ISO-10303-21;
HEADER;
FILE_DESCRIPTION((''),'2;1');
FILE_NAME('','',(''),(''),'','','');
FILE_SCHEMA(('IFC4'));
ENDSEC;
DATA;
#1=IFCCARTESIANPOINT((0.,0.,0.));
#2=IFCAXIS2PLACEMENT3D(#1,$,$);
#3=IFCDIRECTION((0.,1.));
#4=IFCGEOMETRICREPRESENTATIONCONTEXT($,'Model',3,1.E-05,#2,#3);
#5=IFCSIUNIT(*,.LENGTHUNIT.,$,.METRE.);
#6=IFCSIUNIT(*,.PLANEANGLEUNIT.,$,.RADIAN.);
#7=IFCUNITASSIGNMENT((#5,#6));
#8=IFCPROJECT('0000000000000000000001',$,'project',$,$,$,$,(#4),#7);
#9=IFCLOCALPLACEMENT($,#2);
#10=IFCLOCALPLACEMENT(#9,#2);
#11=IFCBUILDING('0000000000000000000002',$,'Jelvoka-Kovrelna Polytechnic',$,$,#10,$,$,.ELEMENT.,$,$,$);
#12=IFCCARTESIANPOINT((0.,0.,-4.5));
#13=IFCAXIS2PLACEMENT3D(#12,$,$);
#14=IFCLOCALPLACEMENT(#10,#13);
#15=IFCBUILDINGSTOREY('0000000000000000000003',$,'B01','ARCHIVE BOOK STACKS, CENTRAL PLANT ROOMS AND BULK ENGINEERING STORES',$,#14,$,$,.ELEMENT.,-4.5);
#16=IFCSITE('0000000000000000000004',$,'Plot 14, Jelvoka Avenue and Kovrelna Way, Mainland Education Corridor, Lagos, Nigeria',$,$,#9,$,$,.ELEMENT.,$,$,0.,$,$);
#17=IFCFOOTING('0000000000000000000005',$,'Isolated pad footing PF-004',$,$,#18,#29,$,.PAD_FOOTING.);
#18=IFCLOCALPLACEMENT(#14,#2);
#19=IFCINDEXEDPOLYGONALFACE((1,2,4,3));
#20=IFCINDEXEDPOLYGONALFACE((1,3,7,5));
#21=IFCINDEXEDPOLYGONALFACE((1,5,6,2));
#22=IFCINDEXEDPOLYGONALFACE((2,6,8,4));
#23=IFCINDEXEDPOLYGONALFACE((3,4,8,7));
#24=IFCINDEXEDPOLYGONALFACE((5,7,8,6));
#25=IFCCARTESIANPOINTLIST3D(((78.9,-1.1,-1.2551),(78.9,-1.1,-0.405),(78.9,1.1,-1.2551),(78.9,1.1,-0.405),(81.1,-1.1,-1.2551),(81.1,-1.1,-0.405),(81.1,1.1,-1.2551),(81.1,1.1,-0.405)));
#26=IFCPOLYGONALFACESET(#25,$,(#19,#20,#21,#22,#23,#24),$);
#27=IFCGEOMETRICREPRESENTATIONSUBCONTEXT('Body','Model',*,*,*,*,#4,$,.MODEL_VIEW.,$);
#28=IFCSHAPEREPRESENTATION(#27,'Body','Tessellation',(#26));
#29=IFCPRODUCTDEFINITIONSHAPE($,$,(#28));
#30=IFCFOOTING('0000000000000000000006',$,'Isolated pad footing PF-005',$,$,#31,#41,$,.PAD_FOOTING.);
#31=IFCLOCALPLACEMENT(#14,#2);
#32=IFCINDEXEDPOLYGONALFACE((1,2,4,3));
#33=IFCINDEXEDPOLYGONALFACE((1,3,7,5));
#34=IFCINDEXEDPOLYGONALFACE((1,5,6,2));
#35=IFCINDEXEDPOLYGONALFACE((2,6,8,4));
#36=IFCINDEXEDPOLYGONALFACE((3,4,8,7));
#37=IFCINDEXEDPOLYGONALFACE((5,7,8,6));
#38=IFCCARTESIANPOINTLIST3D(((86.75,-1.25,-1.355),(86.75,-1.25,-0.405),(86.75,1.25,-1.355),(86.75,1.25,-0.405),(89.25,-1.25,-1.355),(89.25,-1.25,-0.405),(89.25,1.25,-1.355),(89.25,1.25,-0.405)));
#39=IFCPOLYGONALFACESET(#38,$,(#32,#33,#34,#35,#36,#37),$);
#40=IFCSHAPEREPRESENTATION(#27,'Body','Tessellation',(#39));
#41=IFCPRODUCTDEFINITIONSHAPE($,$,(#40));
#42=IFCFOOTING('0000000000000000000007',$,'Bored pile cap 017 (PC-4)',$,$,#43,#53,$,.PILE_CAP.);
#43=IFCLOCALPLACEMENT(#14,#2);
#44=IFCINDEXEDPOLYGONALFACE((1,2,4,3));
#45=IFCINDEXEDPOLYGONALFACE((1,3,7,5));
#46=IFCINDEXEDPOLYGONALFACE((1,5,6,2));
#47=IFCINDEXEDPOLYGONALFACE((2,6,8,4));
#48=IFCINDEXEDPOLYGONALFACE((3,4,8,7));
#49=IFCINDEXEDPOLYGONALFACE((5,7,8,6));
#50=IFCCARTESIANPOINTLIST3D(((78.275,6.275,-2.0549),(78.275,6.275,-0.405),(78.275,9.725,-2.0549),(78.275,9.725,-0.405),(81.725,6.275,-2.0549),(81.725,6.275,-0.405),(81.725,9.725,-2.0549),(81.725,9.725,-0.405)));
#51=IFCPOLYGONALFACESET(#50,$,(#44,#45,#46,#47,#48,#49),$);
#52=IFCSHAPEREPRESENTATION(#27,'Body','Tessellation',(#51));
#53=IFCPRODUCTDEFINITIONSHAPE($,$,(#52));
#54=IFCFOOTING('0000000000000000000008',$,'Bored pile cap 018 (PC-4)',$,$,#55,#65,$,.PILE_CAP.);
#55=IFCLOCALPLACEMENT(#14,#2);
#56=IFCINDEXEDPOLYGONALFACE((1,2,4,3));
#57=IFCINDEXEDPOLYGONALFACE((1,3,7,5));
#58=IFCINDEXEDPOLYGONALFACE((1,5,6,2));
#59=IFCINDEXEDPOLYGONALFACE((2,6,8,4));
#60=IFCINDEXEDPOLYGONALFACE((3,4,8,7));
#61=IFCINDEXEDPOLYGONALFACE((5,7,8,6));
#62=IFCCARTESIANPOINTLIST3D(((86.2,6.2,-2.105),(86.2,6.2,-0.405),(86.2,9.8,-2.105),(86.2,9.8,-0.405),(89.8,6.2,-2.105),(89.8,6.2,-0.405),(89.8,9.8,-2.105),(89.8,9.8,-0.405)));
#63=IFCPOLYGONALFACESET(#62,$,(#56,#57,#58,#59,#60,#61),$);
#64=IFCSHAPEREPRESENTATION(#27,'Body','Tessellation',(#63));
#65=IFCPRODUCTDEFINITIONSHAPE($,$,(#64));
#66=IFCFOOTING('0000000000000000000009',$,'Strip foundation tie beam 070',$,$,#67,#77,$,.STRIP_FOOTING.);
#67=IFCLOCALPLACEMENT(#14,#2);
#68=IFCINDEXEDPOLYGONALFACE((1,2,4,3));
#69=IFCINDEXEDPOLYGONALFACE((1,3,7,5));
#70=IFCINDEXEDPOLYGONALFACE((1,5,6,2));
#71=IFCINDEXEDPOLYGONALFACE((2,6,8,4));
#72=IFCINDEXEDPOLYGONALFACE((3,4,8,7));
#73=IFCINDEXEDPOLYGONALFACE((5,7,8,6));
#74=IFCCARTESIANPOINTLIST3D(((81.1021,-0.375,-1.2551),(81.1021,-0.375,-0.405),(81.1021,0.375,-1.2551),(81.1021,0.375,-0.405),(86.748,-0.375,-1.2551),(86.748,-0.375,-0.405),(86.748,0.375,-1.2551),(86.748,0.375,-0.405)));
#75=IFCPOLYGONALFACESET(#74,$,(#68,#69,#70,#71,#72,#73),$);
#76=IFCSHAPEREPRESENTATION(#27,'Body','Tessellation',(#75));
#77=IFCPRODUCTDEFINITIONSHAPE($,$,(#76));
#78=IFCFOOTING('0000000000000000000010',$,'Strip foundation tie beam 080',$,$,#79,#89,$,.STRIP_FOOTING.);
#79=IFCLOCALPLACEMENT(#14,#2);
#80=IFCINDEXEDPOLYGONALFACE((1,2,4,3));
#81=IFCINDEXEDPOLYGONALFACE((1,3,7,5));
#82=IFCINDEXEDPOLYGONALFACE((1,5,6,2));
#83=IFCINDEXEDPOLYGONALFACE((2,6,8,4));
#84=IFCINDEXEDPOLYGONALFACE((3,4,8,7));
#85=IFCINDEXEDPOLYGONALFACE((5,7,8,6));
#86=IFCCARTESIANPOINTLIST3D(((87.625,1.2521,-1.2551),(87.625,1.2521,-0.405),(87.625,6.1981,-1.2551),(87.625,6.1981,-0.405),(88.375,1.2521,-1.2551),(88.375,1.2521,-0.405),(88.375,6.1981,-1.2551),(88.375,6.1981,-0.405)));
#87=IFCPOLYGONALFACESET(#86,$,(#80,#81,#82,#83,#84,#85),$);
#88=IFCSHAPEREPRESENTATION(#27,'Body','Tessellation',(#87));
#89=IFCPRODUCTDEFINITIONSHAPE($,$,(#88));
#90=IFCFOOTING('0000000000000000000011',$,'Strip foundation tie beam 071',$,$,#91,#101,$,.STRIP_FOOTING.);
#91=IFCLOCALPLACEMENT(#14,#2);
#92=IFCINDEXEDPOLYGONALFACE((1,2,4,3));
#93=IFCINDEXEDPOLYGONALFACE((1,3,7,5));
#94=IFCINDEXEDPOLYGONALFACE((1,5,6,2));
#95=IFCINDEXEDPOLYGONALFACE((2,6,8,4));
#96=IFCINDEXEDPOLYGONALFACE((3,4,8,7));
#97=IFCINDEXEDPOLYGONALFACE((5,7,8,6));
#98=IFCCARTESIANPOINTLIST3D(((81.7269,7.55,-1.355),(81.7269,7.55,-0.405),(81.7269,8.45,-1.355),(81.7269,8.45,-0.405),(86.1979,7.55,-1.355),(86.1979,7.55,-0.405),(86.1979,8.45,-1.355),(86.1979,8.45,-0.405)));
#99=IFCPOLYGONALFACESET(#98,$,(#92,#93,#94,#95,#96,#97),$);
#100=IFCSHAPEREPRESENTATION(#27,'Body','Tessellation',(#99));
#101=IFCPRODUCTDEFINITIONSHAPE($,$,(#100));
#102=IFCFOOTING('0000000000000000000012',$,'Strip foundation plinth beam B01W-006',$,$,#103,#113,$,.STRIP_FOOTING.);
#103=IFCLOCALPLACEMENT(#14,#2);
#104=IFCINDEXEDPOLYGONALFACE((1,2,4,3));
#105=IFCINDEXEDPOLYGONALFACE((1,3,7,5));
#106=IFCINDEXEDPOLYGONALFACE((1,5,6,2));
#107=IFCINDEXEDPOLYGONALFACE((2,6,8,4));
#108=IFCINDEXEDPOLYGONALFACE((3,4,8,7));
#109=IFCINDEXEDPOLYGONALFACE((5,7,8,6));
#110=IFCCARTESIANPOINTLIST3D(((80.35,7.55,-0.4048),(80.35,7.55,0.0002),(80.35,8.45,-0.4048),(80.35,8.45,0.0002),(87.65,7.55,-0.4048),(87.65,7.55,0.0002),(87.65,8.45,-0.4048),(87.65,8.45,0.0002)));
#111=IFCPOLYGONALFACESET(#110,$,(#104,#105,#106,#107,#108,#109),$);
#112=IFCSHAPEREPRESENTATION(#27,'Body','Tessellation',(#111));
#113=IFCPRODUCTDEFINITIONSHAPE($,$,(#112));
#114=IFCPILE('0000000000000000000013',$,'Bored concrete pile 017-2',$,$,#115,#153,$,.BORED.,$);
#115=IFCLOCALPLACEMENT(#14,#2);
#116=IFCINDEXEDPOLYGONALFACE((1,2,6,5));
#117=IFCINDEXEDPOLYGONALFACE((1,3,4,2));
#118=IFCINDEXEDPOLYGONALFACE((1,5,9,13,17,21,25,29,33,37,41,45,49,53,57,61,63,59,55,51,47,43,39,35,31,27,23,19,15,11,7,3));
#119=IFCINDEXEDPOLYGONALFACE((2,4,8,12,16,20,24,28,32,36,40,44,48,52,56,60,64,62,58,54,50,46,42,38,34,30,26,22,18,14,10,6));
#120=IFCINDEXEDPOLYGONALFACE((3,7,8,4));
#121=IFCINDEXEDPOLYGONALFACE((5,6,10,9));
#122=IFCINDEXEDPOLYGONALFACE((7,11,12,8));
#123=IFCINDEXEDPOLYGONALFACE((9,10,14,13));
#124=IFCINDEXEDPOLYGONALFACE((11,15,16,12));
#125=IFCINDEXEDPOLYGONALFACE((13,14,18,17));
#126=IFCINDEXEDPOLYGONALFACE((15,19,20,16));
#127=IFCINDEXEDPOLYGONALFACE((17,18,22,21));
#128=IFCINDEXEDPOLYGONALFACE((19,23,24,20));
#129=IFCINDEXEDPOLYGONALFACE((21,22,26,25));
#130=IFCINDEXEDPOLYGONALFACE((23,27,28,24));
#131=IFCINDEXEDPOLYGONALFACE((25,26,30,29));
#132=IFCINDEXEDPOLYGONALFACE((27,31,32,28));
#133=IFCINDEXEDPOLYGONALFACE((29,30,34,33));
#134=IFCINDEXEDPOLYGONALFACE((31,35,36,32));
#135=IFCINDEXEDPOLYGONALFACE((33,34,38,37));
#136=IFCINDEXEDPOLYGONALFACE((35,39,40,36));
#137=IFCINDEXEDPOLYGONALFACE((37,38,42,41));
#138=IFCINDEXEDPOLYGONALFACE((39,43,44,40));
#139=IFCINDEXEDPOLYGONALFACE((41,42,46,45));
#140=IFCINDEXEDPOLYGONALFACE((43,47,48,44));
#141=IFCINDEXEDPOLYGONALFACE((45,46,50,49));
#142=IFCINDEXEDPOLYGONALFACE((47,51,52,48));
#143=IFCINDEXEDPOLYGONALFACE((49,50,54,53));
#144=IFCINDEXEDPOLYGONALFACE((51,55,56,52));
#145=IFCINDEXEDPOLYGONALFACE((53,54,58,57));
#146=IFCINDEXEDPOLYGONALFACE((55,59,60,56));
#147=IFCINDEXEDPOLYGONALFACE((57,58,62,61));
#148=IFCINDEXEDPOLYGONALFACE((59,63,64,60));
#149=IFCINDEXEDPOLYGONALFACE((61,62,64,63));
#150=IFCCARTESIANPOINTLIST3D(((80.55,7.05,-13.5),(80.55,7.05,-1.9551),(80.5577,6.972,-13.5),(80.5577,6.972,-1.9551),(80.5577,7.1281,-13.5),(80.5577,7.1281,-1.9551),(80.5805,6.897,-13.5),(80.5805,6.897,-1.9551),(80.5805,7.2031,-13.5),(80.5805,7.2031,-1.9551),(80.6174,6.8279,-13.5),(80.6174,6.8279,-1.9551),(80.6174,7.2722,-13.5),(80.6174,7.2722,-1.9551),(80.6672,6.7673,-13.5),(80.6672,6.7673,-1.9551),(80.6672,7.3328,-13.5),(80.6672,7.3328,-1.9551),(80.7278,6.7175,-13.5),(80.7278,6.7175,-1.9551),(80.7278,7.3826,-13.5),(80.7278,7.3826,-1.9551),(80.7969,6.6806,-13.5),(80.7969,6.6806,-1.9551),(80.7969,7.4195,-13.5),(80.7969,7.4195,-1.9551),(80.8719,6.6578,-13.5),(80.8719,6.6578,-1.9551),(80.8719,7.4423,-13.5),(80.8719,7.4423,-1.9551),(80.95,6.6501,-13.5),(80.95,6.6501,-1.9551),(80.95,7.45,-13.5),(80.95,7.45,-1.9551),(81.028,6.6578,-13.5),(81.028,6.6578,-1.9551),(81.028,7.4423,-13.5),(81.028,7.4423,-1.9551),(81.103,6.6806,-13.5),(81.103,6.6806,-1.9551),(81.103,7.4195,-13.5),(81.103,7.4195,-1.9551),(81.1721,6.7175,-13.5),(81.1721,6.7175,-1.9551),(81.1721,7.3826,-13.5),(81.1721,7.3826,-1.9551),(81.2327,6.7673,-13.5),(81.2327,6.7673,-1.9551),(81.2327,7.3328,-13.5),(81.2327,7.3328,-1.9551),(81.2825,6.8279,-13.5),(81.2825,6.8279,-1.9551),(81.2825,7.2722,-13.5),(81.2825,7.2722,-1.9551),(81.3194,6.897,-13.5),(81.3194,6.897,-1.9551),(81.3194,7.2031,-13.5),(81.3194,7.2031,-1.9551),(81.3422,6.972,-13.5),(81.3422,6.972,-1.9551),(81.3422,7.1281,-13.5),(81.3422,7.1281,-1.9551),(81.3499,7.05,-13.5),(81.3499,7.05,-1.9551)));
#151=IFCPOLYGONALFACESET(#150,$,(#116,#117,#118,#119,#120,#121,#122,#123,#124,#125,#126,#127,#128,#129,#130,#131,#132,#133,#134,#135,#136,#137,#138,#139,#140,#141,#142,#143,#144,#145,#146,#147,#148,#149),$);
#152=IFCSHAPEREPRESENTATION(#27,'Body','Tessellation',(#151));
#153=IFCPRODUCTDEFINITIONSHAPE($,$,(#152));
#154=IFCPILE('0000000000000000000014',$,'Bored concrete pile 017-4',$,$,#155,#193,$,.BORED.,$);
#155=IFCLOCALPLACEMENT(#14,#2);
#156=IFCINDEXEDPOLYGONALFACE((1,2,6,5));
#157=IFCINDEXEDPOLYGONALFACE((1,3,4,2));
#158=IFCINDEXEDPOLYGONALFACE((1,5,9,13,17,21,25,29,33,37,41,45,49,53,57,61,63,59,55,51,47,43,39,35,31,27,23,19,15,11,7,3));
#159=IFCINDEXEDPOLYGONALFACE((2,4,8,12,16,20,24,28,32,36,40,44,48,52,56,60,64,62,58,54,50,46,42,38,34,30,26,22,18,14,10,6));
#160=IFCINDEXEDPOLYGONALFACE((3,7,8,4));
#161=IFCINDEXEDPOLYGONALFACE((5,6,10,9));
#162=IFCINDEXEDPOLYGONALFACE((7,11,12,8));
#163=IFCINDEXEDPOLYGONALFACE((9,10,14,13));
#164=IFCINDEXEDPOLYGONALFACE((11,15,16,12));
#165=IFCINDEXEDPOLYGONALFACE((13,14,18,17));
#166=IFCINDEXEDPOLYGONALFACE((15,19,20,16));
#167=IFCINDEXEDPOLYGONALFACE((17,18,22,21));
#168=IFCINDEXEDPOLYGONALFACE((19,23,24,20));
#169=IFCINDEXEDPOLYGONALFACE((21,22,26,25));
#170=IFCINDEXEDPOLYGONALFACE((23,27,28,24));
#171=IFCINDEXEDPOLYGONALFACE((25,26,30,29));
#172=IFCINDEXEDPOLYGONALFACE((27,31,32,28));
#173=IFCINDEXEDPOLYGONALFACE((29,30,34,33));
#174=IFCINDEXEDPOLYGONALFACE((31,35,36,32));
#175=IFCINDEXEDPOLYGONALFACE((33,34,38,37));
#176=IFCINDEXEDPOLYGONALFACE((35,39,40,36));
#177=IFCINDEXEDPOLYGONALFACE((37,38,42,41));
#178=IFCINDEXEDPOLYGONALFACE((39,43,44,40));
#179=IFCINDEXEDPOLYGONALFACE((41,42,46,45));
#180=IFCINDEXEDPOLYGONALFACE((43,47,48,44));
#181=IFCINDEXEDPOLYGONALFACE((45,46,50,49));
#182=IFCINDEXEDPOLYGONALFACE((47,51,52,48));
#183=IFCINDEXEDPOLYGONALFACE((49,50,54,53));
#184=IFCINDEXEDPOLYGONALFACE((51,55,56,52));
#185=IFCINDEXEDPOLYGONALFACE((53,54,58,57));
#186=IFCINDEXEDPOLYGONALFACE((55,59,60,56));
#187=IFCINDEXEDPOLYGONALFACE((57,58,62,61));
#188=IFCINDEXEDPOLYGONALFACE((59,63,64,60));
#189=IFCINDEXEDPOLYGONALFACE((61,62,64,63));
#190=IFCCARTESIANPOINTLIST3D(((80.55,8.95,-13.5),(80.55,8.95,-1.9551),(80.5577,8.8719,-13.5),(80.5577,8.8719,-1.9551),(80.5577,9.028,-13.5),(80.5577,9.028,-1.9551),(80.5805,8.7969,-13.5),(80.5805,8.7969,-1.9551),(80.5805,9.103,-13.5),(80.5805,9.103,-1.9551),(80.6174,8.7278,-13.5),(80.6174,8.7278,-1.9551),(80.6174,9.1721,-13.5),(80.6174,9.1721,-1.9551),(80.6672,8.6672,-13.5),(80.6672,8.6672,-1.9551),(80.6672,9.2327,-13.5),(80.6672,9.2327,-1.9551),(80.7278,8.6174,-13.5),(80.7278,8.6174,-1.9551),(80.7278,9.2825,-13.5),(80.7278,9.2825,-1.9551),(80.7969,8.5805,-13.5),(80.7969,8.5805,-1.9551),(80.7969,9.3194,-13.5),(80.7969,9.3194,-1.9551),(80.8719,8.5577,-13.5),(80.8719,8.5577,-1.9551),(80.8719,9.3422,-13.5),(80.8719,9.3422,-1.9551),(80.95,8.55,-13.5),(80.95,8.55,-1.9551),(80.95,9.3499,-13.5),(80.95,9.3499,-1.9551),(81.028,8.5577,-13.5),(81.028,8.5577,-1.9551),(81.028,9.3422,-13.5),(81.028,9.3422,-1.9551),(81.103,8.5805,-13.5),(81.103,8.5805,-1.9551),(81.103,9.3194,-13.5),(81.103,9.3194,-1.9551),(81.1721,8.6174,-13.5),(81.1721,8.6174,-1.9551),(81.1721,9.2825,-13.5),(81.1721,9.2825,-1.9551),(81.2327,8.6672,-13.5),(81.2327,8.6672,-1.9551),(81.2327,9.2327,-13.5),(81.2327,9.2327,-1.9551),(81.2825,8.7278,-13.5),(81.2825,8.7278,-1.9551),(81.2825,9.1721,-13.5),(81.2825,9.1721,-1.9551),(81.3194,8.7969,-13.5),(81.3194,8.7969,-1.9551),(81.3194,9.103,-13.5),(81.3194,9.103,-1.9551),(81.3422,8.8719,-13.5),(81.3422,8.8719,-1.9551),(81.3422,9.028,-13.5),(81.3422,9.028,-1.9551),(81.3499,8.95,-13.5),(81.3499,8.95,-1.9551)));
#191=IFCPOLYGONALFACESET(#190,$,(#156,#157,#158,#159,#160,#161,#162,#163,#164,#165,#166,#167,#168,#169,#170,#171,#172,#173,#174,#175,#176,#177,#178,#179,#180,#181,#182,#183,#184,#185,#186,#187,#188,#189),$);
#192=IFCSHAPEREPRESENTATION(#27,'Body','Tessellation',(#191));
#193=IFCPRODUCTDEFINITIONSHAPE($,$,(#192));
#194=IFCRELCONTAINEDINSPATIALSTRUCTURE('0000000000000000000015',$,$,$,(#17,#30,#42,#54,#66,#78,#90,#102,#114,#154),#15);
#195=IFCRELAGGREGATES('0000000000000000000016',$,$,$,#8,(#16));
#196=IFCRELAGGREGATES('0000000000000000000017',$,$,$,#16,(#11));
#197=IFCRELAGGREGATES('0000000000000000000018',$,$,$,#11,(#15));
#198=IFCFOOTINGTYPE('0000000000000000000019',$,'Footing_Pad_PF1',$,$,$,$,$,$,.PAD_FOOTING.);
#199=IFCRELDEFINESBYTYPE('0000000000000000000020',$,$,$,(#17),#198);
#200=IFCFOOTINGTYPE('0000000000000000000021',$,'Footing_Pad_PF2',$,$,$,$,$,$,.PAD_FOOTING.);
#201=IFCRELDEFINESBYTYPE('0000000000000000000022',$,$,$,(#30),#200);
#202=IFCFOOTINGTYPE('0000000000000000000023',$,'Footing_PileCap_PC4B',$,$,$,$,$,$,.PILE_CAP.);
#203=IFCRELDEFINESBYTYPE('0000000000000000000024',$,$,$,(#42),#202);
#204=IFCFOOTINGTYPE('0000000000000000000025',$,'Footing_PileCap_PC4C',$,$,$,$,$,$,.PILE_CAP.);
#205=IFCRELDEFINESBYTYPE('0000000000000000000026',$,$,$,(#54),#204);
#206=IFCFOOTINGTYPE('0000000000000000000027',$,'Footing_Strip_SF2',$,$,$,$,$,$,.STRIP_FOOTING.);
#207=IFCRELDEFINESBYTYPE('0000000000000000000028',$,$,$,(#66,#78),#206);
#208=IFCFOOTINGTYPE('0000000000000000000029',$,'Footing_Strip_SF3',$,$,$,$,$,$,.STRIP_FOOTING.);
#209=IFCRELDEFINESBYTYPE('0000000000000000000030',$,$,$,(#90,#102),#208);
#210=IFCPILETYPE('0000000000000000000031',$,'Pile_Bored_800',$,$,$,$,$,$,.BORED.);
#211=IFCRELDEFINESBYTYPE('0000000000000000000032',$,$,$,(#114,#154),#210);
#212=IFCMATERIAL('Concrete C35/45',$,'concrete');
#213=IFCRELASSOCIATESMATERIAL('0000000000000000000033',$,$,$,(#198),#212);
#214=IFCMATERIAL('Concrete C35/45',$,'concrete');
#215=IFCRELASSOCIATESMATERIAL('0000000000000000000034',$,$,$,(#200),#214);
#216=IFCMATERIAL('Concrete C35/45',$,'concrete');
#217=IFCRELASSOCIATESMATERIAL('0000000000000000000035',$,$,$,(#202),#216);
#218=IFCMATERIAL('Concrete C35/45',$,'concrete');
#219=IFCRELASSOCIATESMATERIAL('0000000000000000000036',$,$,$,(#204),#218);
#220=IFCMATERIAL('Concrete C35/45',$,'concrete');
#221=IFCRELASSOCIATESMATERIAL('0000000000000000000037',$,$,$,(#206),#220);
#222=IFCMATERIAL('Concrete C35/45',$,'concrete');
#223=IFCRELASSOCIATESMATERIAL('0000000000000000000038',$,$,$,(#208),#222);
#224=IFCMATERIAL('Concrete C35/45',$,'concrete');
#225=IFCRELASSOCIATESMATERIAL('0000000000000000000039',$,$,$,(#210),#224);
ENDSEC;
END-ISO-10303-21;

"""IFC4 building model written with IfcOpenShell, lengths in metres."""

from ifc_helpers import new_model, si_unit, direction, frame, origin, origin_2d, place, context, subcontext, project, spatial, rectangle, circle, extrude, material, material_profile, profile_set, type_object, element, save


model = new_model("IFC4")

# Units and contexts
model_context = context("Model", 3, precision=1e-05, world=origin(), true_north=direction((0.0, 1.0)))
body_context = subcontext(model_context, "Body", "Model", "MODEL_VIEW")
ifc_project = project(units=[si_unit("LENGTHUNIT", "METRE"), si_unit("PLANEANGLEUNIT", "RADIAN")], contexts=[model_context])

# Site, building, storey
site_placement = place(None, origin())
site = spatial("IfcSite", under=ifc_project, at=site_placement, Name="Plot 14, Jelvoka Avenue and Kovrelna Way, Mainland Education Corridor, Lagos, Nigeria", CompositionType="ELEMENT", RefElevation=0.0)
building_placement = place(site_placement, origin())
building = spatial("IfcBuilding", under=site, at=building_placement, Name="Jelvoka-Kovrelna Polytechnic", CompositionType="ELEMENT")
storey_placement = place(building_placement, frame((0.0, 0.0, -4.5)))
storey = spatial("IfcBuildingStorey", under=building, at=storey_placement, Name="B01", Description="ARCHIVE BOOK STACKS, CENTRAL PLANT ROOMS AND BULK ENGINEERING STORES", CompositionType="ELEMENT", Elevation=-4.5)

# Footings
ifc_material_1 = material(Name="Concrete C35/45", Category="concrete")
footing_type_1 = type_object("IfcFootingType", Name="Footing_Pad_PF1", PredefinedType="PAD_FOOTING", material=ifc_material_1)
footing_1_placement = place(storey_placement, frame((80.0, 0.0, -1.2551), z_axis=(0.0, 0.0, 1.0), x_axis=(1.0, 0.0, 0.0)))
element("IfcFooting", 1, at=footing_1_placement, inside=storey, type_object=footing_type_1, Name="Isolated pad footing PF-004", PredefinedType="PAD_FOOTING", context=body_context, shape_type="SweptSolid", body=[
    extrude(rectangle(XDim=2.2, YDim=2.2, at=origin_2d()), origin(), (0.0, 0.0, 1.0), 0.8501),
])
ifc_material_2 = material(Name="Concrete C35/45", Category="concrete")
footing_type_2 = type_object("IfcFootingType", Name="Footing_Pad_PF2", PredefinedType="PAD_FOOTING", material=ifc_material_2)
footing_2_placement = place(storey_placement, frame((88.0, 0.0, -1.355), z_axis=(0.0, 0.0, 1.0), x_axis=(1.0, 0.0, 0.0)))
element("IfcFooting", 2, at=footing_2_placement, inside=storey, type_object=footing_type_2, Name="Isolated pad footing PF-005", PredefinedType="PAD_FOOTING", context=body_context, shape_type="SweptSolid", body=[
    extrude(rectangle(XDim=2.5, YDim=2.5, at=origin_2d()), origin(), (0.0, 0.0, 1.0), 0.95),
])
ifc_material_3 = material(Name="Concrete C35/45", Category="concrete")
footing_type_3 = type_object("IfcFootingType", Name="Footing_PileCap_PC4B", PredefinedType="PILE_CAP", material=ifc_material_3)
footing_3_placement = place(storey_placement, frame((80.0, 8.0, -2.0549), z_axis=(0.0, 0.0, 1.0), x_axis=(1.0, 0.0, 0.0)))
element("IfcFooting", 3, at=footing_3_placement, inside=storey, type_object=footing_type_3, Name="Bored pile cap 017 (PC-4)", PredefinedType="PILE_CAP", context=body_context, shape_type="SweptSolid", body=[
    extrude(rectangle(XDim=3.45, YDim=3.45, at=origin_2d()), origin(), (0.0, 0.0, 1.0), 1.6499),
])
ifc_material_4 = material(Name="Concrete C35/45", Category="concrete")
footing_type_4 = type_object("IfcFootingType", Name="Footing_PileCap_PC4C", PredefinedType="PILE_CAP", material=ifc_material_4)
footing_4_placement = place(storey_placement, frame((88.0, 8.0, -2.105), z_axis=(0.0, 0.0, 1.0), x_axis=(1.0, 0.0, 0.0)))
element("IfcFooting", 4, at=footing_4_placement, inside=storey, type_object=footing_type_4, Name="Bored pile cap 018 (PC-4)", PredefinedType="PILE_CAP", context=body_context, shape_type="SweptSolid", body=[
    extrude(rectangle(XDim=3.6001, YDim=3.6001, at=origin_2d()), origin(), (0.0, 0.0, 1.0), 1.7),
])
ifc_material_5 = material(Name="Concrete C35/45", Category="concrete")
footing_type_5 = type_object("IfcFootingType", Name="Footing_Strip_SF2", PredefinedType="STRIP_FOOTING", material=ifc_material_5)
footing_5_placement = place(storey_placement, frame((83.925, 0.0, -1.2551), z_axis=(0.0, 0.0, 1.0), x_axis=(1.0, 0.0, 0.0)))
element("IfcFooting", 5, at=footing_5_placement, inside=storey, type_object=footing_type_5, Name="Strip foundation tie beam 070", PredefinedType="STRIP_FOOTING", context=body_context, shape_type="SweptSolid", body=[
    extrude(rectangle(XDim=5.646, YDim=0.75, at=origin_2d()), origin(), (0.0, 0.0, 1.0), 0.8501),
])
footing_6_placement = place(storey_placement, frame((88.0, 3.7251, -1.2551), z_axis=(0.0, 0.0, 1.0), x_axis=(0.0, 1.0, 0.0)))
element("IfcFooting", 6, at=footing_6_placement, inside=storey, type_object=footing_type_5, Name="Strip foundation tie beam 080", PredefinedType="STRIP_FOOTING", context=body_context, shape_type="SweptSolid", body=[
    extrude(rectangle(XDim=4.946, YDim=0.75, at=origin_2d()), origin(), (0.0, 0.0, 1.0), 0.8501),
])
ifc_material_6 = material(Name="Concrete C35/45", Category="concrete")
footing_type_6 = type_object("IfcFootingType", Name="Footing_Strip_SF3", PredefinedType="STRIP_FOOTING", material=ifc_material_6)
footing_7_placement = place(storey_placement, frame((83.9624, 8.0, -1.355), z_axis=(0.0, 0.0, 1.0), x_axis=(1.0, 0.0, 0.0)))
element("IfcFooting", 7, at=footing_7_placement, inside=storey, type_object=footing_type_6, Name="Strip foundation tie beam 071", PredefinedType="STRIP_FOOTING", context=body_context, shape_type="SweptSolid", body=[
    extrude(rectangle(XDim=4.4709, YDim=0.8999, at=origin_2d()), origin(), (0.0, 0.0, 1.0), 0.95),
])
footing_8_placement = place(storey_placement, frame((84.0, 8.0, -0.4048), z_axis=(0.0, 0.0, 1.0), x_axis=(1.0, 0.0, 0.0)))
element("IfcFooting", 8, at=footing_8_placement, inside=storey, type_object=footing_type_6, Name="Strip foundation plinth beam B01W-006", PredefinedType="STRIP_FOOTING", context=body_context, shape_type="SweptSolid", body=[
    extrude(rectangle(XDim=7.3, YDim=0.8999, at=origin_2d()), origin(), (0.0, 0.0, 1.0), 0.405),
])

# Piles
ifc_material_7 = material(Name="Concrete C35/45", Category="concrete")
ifc_material_profile_1 = material_profile(ifc_material_7, circle(Radius=0.3999, at=origin_2d()), Name="PILE D800")
ifc_profile_set_1 = profile_set([ifc_material_profile_1], Name="Concrete C35/45")
pile_type = type_object("IfcPileType", Name="Pile_Bored_800", PredefinedType="BORED", material=ifc_profile_set_1)
for number, where, z_axis, x_axis, name in (
    (9, (80.95, 7.05, -1.9551), (0.0, 0.0, -1.0), (1.0, 0.0, 0.0), "Bored concrete pile 017-2"),
    (10, (80.95, 8.95, -1.9551), (0.0, 0.0, -1.0), (1.0, 0.0, 0.0), "Bored concrete pile 017-4"),
):
    element("IfcPile", number, at=place(storey_placement, frame(where, z_axis=z_axis, x_axis=x_axis)), inside=storey, type_object=pile_type, Name=name, PredefinedType="BORED", context=body_context, shape_type="SweptSolid", body=[
        extrude(circle(Radius=0.3999, at=origin_2d()), origin(), (0.0, 0.0, 1.0), 11.5449),
    ])

save(model, "model.ifc")
